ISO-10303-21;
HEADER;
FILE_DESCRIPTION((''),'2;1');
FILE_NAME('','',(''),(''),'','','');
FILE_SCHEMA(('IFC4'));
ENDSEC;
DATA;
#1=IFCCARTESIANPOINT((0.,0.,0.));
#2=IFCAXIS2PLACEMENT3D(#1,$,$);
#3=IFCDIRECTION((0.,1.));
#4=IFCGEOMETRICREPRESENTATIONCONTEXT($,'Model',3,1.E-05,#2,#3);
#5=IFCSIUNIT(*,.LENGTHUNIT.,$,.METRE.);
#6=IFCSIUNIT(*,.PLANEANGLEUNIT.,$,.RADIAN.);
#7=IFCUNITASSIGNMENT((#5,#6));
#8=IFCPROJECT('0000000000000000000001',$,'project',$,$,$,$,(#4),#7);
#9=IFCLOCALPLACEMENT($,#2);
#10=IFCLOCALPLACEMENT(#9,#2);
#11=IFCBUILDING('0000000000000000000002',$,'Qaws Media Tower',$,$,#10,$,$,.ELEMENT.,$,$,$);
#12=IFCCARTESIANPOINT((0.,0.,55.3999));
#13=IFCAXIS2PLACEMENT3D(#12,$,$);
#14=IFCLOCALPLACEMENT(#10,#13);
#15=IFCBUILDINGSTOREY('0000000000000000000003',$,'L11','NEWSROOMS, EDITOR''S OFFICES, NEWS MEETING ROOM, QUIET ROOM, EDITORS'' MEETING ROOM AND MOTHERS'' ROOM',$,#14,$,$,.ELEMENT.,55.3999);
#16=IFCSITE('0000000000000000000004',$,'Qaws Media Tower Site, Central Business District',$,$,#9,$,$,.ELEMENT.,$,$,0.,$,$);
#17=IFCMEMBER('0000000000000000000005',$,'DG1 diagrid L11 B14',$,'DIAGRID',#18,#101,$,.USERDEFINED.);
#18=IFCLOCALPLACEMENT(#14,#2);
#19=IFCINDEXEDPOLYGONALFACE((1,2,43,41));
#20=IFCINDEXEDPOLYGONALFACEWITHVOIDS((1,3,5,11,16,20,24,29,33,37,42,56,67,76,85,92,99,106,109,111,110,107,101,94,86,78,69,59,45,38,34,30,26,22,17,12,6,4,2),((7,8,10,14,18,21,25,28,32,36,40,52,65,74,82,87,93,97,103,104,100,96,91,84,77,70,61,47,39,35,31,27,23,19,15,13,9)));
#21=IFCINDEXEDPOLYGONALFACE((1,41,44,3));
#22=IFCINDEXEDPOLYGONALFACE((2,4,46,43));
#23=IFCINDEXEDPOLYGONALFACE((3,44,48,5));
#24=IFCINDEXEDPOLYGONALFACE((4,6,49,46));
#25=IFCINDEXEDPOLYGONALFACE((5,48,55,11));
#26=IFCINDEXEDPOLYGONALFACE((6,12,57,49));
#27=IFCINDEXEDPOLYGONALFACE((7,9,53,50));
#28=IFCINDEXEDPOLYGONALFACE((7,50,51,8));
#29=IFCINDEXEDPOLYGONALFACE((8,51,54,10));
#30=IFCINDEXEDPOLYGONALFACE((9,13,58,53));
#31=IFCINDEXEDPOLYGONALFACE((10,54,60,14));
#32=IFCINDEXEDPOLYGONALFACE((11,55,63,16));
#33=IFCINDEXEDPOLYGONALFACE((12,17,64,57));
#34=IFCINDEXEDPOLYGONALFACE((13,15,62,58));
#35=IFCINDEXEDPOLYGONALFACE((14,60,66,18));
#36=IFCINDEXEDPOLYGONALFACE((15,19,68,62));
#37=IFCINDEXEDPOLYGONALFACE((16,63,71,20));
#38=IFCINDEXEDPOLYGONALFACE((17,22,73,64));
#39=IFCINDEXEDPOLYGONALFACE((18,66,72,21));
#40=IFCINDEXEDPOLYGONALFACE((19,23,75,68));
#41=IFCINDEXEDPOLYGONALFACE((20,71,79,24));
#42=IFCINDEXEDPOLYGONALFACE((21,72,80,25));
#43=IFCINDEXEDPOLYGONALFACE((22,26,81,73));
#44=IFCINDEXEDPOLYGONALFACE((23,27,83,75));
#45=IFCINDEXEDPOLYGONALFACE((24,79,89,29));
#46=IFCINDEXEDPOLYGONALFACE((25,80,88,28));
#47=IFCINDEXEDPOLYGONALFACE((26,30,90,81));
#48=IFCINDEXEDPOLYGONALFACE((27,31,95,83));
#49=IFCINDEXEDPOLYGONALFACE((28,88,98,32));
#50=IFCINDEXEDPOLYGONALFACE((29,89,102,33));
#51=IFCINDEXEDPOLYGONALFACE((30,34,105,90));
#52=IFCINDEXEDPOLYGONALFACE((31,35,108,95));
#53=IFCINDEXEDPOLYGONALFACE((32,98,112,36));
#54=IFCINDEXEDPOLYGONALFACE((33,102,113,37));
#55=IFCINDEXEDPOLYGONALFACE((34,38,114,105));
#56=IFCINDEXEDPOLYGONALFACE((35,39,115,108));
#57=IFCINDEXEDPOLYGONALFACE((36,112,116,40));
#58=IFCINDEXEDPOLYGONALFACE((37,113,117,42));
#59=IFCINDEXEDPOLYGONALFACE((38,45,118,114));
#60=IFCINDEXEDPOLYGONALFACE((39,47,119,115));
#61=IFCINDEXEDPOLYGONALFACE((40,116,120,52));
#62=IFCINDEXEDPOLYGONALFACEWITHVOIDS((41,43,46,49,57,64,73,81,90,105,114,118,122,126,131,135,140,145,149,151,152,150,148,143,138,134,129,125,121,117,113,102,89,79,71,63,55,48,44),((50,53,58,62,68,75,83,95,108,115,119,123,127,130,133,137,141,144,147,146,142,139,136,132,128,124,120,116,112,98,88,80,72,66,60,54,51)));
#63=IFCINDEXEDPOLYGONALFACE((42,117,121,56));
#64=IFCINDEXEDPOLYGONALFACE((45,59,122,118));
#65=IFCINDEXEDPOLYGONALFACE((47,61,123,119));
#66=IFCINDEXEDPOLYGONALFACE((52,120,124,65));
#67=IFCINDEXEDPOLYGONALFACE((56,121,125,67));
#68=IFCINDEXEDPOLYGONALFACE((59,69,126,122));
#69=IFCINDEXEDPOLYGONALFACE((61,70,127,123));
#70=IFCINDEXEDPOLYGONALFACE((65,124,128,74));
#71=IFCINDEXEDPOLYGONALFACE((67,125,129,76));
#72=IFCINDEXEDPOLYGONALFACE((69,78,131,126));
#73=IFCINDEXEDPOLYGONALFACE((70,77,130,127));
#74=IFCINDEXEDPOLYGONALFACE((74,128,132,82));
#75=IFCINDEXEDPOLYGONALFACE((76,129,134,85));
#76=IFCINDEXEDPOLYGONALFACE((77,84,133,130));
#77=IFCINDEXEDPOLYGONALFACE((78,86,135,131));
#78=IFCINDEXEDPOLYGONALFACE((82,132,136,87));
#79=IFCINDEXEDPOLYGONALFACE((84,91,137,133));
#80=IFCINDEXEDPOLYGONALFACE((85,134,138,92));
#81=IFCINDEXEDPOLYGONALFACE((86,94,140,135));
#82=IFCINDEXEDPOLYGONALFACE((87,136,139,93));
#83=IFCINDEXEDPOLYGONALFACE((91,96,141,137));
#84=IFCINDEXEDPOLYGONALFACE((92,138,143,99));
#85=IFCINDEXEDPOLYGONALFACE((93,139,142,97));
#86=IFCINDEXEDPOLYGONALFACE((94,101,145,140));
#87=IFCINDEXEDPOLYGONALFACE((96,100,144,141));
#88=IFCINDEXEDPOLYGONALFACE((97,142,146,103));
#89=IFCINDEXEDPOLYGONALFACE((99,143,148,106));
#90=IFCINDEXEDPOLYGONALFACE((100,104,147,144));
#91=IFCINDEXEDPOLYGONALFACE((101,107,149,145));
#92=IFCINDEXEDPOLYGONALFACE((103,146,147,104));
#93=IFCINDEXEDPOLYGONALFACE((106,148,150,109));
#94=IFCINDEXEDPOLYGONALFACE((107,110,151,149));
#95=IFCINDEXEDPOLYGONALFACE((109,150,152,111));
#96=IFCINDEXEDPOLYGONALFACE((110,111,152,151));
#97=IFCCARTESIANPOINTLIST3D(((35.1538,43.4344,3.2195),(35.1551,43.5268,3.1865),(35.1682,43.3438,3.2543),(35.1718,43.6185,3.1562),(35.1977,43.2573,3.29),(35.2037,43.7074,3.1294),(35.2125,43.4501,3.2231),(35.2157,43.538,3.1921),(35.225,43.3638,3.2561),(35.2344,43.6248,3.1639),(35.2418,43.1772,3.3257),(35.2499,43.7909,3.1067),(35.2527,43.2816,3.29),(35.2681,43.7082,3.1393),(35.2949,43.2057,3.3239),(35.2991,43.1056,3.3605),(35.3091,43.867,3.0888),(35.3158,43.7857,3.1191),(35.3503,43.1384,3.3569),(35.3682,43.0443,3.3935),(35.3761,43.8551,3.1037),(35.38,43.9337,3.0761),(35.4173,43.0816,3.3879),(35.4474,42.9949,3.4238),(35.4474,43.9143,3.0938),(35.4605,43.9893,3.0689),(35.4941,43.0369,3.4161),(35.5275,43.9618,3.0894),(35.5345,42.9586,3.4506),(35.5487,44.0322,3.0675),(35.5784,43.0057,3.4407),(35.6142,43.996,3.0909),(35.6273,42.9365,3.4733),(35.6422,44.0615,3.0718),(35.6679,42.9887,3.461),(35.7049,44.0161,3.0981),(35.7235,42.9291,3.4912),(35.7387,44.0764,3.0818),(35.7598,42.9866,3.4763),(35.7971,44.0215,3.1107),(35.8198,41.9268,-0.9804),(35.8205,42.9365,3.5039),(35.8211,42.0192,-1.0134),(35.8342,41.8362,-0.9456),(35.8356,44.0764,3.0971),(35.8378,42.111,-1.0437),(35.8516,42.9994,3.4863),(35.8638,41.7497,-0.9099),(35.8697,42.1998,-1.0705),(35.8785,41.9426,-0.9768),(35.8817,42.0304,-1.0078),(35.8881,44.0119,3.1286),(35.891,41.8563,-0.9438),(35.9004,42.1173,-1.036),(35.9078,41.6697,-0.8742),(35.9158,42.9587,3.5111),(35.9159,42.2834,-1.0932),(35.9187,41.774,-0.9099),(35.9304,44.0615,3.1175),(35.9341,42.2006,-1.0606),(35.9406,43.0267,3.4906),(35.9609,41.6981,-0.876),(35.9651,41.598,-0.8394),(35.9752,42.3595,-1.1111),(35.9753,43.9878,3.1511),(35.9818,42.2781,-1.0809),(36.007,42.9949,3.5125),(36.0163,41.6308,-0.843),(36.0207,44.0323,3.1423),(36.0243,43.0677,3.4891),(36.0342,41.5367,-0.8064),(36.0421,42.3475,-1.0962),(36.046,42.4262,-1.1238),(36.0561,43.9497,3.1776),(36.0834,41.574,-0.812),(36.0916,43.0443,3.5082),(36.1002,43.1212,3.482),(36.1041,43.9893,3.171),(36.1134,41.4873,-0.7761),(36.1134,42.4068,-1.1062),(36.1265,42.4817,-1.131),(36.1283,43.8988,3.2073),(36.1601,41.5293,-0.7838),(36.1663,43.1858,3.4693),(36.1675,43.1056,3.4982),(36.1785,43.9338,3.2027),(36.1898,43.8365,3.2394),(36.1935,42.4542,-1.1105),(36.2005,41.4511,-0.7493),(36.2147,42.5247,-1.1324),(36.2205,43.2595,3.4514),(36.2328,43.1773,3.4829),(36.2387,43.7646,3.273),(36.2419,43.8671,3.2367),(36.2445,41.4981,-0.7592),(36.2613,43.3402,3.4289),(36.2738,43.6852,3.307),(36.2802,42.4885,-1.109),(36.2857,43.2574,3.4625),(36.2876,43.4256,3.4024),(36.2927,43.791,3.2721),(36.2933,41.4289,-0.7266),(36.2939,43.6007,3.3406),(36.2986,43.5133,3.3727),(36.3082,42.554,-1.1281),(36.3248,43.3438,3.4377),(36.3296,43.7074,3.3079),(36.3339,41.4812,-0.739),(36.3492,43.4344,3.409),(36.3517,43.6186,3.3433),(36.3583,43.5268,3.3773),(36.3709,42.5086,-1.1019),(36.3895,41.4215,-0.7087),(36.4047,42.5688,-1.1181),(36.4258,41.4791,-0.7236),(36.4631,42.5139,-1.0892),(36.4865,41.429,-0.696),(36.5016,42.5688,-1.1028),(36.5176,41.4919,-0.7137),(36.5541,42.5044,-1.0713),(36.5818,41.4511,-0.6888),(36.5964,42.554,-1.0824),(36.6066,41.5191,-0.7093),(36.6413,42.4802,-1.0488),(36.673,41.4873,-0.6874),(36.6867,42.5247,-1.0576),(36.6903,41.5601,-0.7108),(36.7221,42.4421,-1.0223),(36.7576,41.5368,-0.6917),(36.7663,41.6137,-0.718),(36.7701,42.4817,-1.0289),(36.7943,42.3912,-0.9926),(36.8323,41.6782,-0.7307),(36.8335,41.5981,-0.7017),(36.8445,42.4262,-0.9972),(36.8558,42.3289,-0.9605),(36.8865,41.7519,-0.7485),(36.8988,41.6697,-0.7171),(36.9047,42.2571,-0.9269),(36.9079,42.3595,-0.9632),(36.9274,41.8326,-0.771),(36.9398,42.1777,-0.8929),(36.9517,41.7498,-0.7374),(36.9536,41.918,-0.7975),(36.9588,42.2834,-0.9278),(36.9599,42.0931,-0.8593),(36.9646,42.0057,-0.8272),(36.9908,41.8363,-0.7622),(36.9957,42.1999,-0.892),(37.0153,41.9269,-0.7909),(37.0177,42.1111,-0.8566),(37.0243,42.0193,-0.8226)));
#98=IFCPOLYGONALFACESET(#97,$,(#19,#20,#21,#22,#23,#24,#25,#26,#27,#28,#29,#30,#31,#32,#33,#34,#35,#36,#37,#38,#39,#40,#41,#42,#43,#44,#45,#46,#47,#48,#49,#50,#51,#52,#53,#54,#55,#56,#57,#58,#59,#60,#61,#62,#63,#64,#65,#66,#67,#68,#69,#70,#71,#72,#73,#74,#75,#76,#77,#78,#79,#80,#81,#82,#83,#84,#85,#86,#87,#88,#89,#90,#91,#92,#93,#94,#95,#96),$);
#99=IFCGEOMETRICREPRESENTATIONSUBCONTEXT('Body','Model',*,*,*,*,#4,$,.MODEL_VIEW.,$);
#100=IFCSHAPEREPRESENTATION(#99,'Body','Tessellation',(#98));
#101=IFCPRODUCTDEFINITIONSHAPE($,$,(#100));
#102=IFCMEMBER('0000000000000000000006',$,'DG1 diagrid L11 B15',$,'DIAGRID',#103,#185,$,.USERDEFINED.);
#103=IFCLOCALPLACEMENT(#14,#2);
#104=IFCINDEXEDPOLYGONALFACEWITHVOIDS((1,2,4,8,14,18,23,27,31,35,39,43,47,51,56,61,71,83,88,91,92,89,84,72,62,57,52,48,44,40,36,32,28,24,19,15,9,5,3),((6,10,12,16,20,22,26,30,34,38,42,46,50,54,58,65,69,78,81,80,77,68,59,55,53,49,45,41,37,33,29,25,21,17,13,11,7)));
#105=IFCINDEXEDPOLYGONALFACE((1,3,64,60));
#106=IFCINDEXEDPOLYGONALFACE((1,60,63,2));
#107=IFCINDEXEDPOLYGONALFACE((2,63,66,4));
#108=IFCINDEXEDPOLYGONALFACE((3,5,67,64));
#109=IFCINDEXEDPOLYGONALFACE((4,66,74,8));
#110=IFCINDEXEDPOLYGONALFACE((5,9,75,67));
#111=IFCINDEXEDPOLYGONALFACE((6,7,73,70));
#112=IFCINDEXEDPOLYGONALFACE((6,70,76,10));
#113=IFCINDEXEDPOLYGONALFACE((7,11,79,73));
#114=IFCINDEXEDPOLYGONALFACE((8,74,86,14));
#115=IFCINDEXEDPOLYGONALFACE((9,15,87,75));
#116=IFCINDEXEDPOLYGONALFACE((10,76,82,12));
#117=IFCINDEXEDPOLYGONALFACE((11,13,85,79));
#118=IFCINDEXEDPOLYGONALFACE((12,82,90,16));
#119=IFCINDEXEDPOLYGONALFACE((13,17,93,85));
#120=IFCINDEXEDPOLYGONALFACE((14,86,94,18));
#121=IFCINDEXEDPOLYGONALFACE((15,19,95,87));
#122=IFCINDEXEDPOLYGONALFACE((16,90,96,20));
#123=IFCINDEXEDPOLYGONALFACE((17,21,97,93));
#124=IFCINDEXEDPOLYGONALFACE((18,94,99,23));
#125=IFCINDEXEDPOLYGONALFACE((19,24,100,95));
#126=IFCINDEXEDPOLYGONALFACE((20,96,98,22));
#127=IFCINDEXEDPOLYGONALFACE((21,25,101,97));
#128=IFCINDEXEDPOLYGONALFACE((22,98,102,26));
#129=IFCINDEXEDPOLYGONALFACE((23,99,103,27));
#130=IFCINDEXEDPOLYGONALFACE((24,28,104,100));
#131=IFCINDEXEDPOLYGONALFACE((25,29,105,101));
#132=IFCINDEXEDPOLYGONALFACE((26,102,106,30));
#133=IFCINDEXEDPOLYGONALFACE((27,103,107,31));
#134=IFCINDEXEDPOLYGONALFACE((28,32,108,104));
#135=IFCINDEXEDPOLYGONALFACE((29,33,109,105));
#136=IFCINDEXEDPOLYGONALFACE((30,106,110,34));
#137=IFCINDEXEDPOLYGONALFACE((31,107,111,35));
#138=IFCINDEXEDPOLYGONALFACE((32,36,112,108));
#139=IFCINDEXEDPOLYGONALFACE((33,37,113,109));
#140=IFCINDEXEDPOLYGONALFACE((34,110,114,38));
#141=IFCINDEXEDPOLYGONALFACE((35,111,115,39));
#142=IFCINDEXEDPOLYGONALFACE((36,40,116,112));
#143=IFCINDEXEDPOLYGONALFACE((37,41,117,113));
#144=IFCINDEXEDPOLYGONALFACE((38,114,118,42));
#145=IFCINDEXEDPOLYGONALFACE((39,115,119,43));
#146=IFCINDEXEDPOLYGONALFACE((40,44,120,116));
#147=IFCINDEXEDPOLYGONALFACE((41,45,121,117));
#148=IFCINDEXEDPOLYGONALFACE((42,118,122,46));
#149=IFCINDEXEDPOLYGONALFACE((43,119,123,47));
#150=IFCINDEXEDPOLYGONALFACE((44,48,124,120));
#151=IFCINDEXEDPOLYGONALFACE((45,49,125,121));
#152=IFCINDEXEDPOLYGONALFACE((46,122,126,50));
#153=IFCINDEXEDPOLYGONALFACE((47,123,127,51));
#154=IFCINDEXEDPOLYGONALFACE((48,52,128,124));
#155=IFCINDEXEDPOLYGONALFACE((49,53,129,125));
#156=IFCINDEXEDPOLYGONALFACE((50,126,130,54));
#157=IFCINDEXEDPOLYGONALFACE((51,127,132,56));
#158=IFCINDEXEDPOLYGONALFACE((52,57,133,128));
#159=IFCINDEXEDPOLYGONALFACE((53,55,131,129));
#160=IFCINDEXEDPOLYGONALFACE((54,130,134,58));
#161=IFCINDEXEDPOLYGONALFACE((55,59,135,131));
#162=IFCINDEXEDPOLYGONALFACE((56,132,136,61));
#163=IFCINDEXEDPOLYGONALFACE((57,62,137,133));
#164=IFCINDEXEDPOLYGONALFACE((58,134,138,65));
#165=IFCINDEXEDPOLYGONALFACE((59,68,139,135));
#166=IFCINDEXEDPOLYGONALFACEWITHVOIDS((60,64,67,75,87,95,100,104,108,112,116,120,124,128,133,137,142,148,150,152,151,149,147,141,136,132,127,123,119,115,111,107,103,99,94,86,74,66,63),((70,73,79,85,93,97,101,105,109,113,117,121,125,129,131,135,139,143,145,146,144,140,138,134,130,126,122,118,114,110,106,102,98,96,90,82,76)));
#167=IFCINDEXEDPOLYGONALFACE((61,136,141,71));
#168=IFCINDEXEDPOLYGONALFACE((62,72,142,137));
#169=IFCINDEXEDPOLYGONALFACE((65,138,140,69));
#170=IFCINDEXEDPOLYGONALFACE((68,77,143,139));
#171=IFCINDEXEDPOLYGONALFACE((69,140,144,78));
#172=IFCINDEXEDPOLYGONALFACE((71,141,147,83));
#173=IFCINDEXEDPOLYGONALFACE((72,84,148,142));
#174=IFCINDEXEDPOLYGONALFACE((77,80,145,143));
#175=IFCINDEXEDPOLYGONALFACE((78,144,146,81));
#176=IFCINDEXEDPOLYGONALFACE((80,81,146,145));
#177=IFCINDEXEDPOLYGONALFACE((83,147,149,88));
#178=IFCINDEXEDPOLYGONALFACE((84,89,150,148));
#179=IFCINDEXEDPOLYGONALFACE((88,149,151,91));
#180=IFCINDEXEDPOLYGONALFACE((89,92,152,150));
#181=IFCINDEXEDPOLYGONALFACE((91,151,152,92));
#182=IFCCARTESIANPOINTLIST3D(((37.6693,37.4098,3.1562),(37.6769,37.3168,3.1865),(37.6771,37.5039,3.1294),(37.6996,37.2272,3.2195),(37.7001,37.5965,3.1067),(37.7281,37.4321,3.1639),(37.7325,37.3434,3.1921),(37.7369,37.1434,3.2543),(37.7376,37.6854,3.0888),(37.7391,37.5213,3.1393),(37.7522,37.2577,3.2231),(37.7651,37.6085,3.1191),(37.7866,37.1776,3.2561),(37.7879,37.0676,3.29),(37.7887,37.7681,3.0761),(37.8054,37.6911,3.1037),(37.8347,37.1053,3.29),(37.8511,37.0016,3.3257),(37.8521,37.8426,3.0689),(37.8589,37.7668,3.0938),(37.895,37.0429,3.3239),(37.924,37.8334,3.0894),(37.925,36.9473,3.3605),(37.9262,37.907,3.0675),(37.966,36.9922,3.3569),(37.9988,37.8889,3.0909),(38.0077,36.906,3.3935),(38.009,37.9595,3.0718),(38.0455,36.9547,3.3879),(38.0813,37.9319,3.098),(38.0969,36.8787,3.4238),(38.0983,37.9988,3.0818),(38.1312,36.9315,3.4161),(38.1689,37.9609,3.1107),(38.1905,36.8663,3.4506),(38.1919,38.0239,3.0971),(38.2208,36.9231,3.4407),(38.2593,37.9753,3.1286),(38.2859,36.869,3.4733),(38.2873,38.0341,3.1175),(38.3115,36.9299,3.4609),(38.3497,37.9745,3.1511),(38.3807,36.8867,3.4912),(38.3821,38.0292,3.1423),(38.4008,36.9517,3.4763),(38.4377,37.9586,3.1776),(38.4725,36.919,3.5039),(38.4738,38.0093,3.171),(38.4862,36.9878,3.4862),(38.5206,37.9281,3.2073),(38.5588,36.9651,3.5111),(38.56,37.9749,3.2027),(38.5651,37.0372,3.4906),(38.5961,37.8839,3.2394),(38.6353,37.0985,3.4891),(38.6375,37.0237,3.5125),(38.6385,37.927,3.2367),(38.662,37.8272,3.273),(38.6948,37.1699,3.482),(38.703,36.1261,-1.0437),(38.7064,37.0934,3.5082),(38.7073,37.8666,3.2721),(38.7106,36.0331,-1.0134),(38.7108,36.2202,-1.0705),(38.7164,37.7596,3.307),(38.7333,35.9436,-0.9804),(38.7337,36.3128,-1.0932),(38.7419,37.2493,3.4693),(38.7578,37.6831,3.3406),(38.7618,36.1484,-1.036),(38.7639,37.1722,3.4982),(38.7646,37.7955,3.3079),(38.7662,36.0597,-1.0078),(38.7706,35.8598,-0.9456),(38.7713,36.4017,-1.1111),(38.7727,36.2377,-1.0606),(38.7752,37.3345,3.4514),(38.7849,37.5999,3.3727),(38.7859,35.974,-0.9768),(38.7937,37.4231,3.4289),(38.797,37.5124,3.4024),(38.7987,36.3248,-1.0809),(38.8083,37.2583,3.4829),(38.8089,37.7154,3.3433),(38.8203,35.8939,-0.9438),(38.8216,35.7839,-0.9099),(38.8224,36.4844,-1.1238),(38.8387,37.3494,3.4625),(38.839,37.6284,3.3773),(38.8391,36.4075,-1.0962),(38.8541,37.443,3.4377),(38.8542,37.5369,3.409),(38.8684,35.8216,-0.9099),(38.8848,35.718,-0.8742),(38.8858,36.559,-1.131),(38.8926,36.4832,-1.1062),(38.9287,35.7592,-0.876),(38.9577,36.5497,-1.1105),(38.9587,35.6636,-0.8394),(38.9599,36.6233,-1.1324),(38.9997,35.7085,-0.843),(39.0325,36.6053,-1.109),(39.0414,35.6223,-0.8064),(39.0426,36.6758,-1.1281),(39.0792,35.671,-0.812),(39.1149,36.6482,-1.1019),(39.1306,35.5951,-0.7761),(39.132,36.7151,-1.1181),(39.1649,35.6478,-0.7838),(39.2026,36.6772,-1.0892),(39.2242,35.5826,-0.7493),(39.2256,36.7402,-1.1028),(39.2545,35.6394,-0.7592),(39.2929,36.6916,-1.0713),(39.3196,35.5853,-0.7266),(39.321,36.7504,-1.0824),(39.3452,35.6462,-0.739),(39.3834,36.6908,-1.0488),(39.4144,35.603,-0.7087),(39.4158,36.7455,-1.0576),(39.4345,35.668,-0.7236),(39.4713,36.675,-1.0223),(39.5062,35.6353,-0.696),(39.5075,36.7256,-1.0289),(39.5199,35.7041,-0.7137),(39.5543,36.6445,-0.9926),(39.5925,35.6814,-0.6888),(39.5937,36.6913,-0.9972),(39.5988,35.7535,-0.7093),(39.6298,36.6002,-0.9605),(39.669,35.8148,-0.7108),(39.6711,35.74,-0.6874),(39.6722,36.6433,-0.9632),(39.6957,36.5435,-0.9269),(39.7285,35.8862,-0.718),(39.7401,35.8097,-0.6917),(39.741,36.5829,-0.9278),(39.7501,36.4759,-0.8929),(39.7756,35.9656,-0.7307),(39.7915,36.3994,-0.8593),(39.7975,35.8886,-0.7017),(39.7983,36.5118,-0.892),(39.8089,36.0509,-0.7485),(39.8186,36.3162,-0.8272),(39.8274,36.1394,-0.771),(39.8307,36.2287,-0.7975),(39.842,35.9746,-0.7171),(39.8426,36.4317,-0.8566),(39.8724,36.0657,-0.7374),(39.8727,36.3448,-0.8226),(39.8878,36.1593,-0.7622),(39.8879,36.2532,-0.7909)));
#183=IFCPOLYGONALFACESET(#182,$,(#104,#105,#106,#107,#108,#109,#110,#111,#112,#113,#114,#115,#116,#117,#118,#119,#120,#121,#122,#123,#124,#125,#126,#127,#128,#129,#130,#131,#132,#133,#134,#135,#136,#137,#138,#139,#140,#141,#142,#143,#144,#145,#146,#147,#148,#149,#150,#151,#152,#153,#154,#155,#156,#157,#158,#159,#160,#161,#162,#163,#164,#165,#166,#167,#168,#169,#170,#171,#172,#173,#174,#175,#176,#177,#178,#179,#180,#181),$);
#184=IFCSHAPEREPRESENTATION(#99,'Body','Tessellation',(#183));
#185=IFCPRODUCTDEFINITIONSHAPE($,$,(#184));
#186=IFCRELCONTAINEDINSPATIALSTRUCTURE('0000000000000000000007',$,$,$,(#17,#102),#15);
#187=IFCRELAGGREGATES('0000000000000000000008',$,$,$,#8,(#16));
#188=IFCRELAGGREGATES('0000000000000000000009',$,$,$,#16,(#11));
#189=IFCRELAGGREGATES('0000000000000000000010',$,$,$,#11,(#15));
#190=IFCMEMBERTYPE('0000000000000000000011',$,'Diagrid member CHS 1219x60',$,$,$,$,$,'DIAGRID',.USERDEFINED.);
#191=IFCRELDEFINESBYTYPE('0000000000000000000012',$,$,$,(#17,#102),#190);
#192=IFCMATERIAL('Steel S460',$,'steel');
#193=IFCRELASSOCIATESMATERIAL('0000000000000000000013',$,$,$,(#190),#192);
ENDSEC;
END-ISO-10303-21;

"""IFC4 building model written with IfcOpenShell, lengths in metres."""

from ifc_helpers import new_model, si_unit, direction, frame, origin, origin_2d, place, context, subcontext, project, spatial, hollow_circle, extrude, material, material_profile, profile_set, type_object, element, save


model = new_model("IFC4")

# Units and contexts
model_context = context("Model", 3, precision=1e-05, world=origin(), true_north=direction((0.0, 1.0)))
body_context = subcontext(model_context, "Body", "Model", "MODEL_VIEW")
ifc_project = project(units=[si_unit("LENGTHUNIT", "METRE"), si_unit("PLANEANGLEUNIT", "RADIAN")], contexts=[model_context])

# Site, building, storey
site_placement = place(None, origin())
site = spatial("IfcSite", under=ifc_project, at=site_placement, Name="Qaws Media Tower Site, Central Business District", CompositionType="ELEMENT", RefElevation=0.0)
building_placement = place(site_placement, origin())
building = spatial("IfcBuilding", under=site, at=building_placement, Name="Qaws Media Tower", CompositionType="ELEMENT")
storey_placement = place(building_placement, frame((0.0, 0.0, 55.3999)))
storey = spatial("IfcBuildingStorey", under=building, at=storey_placement, Name="L11", Description="NEWSROOMS, EDITOR'S OFFICES, NEWS MEETING ROOM, QUIET ROOM, EDITORS' MEETING ROOM AND MOTHERS' ROOM", CompositionType="ELEMENT", Elevation=55.3999)

# Members
ifc_material_1 = material(Name="Steel S460", Category="steel")
ifc_material_profile_1 = material_profile(ifc_material_1, hollow_circle(Radius=0.6096, WallThickness=0.0601, at=origin_2d()), Name="CHS 1219x60")
ifc_profile_set_1 = profile_set([ifc_material_profile_1], Name="Steel S460")
member_type_1 = type_object("IfcMemberType", Name="Diagrid member CHS 1219x60", ElementType="DIAGRID", PredefinedType="USERDEFINED", material=ifc_profile_set_1)
for number, where, z_axis, x_axis, name in (
    (1, (36.4214, 41.9961, -0.9099), (-0.147618, 0.334142, 0.930891), (-0.914713, -0.404103, 0.0), "DG1 diagrid L11 B14"),
    (2, (39.2964, 36.1663, -0.9099), (-0.22911, 0.284521, 0.93089), (-0.77887, -0.627185, 0.0), "DG1 diagrid L11 B15"),
):
    element("IfcMember", number, at=place(storey_placement, frame(where, z_axis=z_axis, x_axis=x_axis)), inside=storey, type_object=member_type_1, Name=name, ObjectType="DIAGRID", PredefinedType="USERDEFINED", context=body_context, shape_type="SweptSolid", body=[
        extrude(hollow_circle(Radius=0.6096, WallThickness=0.0601, at=origin_2d()), origin(), (0.0, 0.0, 1.0), 4.5117),
    ])

save(model, "model.ifc")
